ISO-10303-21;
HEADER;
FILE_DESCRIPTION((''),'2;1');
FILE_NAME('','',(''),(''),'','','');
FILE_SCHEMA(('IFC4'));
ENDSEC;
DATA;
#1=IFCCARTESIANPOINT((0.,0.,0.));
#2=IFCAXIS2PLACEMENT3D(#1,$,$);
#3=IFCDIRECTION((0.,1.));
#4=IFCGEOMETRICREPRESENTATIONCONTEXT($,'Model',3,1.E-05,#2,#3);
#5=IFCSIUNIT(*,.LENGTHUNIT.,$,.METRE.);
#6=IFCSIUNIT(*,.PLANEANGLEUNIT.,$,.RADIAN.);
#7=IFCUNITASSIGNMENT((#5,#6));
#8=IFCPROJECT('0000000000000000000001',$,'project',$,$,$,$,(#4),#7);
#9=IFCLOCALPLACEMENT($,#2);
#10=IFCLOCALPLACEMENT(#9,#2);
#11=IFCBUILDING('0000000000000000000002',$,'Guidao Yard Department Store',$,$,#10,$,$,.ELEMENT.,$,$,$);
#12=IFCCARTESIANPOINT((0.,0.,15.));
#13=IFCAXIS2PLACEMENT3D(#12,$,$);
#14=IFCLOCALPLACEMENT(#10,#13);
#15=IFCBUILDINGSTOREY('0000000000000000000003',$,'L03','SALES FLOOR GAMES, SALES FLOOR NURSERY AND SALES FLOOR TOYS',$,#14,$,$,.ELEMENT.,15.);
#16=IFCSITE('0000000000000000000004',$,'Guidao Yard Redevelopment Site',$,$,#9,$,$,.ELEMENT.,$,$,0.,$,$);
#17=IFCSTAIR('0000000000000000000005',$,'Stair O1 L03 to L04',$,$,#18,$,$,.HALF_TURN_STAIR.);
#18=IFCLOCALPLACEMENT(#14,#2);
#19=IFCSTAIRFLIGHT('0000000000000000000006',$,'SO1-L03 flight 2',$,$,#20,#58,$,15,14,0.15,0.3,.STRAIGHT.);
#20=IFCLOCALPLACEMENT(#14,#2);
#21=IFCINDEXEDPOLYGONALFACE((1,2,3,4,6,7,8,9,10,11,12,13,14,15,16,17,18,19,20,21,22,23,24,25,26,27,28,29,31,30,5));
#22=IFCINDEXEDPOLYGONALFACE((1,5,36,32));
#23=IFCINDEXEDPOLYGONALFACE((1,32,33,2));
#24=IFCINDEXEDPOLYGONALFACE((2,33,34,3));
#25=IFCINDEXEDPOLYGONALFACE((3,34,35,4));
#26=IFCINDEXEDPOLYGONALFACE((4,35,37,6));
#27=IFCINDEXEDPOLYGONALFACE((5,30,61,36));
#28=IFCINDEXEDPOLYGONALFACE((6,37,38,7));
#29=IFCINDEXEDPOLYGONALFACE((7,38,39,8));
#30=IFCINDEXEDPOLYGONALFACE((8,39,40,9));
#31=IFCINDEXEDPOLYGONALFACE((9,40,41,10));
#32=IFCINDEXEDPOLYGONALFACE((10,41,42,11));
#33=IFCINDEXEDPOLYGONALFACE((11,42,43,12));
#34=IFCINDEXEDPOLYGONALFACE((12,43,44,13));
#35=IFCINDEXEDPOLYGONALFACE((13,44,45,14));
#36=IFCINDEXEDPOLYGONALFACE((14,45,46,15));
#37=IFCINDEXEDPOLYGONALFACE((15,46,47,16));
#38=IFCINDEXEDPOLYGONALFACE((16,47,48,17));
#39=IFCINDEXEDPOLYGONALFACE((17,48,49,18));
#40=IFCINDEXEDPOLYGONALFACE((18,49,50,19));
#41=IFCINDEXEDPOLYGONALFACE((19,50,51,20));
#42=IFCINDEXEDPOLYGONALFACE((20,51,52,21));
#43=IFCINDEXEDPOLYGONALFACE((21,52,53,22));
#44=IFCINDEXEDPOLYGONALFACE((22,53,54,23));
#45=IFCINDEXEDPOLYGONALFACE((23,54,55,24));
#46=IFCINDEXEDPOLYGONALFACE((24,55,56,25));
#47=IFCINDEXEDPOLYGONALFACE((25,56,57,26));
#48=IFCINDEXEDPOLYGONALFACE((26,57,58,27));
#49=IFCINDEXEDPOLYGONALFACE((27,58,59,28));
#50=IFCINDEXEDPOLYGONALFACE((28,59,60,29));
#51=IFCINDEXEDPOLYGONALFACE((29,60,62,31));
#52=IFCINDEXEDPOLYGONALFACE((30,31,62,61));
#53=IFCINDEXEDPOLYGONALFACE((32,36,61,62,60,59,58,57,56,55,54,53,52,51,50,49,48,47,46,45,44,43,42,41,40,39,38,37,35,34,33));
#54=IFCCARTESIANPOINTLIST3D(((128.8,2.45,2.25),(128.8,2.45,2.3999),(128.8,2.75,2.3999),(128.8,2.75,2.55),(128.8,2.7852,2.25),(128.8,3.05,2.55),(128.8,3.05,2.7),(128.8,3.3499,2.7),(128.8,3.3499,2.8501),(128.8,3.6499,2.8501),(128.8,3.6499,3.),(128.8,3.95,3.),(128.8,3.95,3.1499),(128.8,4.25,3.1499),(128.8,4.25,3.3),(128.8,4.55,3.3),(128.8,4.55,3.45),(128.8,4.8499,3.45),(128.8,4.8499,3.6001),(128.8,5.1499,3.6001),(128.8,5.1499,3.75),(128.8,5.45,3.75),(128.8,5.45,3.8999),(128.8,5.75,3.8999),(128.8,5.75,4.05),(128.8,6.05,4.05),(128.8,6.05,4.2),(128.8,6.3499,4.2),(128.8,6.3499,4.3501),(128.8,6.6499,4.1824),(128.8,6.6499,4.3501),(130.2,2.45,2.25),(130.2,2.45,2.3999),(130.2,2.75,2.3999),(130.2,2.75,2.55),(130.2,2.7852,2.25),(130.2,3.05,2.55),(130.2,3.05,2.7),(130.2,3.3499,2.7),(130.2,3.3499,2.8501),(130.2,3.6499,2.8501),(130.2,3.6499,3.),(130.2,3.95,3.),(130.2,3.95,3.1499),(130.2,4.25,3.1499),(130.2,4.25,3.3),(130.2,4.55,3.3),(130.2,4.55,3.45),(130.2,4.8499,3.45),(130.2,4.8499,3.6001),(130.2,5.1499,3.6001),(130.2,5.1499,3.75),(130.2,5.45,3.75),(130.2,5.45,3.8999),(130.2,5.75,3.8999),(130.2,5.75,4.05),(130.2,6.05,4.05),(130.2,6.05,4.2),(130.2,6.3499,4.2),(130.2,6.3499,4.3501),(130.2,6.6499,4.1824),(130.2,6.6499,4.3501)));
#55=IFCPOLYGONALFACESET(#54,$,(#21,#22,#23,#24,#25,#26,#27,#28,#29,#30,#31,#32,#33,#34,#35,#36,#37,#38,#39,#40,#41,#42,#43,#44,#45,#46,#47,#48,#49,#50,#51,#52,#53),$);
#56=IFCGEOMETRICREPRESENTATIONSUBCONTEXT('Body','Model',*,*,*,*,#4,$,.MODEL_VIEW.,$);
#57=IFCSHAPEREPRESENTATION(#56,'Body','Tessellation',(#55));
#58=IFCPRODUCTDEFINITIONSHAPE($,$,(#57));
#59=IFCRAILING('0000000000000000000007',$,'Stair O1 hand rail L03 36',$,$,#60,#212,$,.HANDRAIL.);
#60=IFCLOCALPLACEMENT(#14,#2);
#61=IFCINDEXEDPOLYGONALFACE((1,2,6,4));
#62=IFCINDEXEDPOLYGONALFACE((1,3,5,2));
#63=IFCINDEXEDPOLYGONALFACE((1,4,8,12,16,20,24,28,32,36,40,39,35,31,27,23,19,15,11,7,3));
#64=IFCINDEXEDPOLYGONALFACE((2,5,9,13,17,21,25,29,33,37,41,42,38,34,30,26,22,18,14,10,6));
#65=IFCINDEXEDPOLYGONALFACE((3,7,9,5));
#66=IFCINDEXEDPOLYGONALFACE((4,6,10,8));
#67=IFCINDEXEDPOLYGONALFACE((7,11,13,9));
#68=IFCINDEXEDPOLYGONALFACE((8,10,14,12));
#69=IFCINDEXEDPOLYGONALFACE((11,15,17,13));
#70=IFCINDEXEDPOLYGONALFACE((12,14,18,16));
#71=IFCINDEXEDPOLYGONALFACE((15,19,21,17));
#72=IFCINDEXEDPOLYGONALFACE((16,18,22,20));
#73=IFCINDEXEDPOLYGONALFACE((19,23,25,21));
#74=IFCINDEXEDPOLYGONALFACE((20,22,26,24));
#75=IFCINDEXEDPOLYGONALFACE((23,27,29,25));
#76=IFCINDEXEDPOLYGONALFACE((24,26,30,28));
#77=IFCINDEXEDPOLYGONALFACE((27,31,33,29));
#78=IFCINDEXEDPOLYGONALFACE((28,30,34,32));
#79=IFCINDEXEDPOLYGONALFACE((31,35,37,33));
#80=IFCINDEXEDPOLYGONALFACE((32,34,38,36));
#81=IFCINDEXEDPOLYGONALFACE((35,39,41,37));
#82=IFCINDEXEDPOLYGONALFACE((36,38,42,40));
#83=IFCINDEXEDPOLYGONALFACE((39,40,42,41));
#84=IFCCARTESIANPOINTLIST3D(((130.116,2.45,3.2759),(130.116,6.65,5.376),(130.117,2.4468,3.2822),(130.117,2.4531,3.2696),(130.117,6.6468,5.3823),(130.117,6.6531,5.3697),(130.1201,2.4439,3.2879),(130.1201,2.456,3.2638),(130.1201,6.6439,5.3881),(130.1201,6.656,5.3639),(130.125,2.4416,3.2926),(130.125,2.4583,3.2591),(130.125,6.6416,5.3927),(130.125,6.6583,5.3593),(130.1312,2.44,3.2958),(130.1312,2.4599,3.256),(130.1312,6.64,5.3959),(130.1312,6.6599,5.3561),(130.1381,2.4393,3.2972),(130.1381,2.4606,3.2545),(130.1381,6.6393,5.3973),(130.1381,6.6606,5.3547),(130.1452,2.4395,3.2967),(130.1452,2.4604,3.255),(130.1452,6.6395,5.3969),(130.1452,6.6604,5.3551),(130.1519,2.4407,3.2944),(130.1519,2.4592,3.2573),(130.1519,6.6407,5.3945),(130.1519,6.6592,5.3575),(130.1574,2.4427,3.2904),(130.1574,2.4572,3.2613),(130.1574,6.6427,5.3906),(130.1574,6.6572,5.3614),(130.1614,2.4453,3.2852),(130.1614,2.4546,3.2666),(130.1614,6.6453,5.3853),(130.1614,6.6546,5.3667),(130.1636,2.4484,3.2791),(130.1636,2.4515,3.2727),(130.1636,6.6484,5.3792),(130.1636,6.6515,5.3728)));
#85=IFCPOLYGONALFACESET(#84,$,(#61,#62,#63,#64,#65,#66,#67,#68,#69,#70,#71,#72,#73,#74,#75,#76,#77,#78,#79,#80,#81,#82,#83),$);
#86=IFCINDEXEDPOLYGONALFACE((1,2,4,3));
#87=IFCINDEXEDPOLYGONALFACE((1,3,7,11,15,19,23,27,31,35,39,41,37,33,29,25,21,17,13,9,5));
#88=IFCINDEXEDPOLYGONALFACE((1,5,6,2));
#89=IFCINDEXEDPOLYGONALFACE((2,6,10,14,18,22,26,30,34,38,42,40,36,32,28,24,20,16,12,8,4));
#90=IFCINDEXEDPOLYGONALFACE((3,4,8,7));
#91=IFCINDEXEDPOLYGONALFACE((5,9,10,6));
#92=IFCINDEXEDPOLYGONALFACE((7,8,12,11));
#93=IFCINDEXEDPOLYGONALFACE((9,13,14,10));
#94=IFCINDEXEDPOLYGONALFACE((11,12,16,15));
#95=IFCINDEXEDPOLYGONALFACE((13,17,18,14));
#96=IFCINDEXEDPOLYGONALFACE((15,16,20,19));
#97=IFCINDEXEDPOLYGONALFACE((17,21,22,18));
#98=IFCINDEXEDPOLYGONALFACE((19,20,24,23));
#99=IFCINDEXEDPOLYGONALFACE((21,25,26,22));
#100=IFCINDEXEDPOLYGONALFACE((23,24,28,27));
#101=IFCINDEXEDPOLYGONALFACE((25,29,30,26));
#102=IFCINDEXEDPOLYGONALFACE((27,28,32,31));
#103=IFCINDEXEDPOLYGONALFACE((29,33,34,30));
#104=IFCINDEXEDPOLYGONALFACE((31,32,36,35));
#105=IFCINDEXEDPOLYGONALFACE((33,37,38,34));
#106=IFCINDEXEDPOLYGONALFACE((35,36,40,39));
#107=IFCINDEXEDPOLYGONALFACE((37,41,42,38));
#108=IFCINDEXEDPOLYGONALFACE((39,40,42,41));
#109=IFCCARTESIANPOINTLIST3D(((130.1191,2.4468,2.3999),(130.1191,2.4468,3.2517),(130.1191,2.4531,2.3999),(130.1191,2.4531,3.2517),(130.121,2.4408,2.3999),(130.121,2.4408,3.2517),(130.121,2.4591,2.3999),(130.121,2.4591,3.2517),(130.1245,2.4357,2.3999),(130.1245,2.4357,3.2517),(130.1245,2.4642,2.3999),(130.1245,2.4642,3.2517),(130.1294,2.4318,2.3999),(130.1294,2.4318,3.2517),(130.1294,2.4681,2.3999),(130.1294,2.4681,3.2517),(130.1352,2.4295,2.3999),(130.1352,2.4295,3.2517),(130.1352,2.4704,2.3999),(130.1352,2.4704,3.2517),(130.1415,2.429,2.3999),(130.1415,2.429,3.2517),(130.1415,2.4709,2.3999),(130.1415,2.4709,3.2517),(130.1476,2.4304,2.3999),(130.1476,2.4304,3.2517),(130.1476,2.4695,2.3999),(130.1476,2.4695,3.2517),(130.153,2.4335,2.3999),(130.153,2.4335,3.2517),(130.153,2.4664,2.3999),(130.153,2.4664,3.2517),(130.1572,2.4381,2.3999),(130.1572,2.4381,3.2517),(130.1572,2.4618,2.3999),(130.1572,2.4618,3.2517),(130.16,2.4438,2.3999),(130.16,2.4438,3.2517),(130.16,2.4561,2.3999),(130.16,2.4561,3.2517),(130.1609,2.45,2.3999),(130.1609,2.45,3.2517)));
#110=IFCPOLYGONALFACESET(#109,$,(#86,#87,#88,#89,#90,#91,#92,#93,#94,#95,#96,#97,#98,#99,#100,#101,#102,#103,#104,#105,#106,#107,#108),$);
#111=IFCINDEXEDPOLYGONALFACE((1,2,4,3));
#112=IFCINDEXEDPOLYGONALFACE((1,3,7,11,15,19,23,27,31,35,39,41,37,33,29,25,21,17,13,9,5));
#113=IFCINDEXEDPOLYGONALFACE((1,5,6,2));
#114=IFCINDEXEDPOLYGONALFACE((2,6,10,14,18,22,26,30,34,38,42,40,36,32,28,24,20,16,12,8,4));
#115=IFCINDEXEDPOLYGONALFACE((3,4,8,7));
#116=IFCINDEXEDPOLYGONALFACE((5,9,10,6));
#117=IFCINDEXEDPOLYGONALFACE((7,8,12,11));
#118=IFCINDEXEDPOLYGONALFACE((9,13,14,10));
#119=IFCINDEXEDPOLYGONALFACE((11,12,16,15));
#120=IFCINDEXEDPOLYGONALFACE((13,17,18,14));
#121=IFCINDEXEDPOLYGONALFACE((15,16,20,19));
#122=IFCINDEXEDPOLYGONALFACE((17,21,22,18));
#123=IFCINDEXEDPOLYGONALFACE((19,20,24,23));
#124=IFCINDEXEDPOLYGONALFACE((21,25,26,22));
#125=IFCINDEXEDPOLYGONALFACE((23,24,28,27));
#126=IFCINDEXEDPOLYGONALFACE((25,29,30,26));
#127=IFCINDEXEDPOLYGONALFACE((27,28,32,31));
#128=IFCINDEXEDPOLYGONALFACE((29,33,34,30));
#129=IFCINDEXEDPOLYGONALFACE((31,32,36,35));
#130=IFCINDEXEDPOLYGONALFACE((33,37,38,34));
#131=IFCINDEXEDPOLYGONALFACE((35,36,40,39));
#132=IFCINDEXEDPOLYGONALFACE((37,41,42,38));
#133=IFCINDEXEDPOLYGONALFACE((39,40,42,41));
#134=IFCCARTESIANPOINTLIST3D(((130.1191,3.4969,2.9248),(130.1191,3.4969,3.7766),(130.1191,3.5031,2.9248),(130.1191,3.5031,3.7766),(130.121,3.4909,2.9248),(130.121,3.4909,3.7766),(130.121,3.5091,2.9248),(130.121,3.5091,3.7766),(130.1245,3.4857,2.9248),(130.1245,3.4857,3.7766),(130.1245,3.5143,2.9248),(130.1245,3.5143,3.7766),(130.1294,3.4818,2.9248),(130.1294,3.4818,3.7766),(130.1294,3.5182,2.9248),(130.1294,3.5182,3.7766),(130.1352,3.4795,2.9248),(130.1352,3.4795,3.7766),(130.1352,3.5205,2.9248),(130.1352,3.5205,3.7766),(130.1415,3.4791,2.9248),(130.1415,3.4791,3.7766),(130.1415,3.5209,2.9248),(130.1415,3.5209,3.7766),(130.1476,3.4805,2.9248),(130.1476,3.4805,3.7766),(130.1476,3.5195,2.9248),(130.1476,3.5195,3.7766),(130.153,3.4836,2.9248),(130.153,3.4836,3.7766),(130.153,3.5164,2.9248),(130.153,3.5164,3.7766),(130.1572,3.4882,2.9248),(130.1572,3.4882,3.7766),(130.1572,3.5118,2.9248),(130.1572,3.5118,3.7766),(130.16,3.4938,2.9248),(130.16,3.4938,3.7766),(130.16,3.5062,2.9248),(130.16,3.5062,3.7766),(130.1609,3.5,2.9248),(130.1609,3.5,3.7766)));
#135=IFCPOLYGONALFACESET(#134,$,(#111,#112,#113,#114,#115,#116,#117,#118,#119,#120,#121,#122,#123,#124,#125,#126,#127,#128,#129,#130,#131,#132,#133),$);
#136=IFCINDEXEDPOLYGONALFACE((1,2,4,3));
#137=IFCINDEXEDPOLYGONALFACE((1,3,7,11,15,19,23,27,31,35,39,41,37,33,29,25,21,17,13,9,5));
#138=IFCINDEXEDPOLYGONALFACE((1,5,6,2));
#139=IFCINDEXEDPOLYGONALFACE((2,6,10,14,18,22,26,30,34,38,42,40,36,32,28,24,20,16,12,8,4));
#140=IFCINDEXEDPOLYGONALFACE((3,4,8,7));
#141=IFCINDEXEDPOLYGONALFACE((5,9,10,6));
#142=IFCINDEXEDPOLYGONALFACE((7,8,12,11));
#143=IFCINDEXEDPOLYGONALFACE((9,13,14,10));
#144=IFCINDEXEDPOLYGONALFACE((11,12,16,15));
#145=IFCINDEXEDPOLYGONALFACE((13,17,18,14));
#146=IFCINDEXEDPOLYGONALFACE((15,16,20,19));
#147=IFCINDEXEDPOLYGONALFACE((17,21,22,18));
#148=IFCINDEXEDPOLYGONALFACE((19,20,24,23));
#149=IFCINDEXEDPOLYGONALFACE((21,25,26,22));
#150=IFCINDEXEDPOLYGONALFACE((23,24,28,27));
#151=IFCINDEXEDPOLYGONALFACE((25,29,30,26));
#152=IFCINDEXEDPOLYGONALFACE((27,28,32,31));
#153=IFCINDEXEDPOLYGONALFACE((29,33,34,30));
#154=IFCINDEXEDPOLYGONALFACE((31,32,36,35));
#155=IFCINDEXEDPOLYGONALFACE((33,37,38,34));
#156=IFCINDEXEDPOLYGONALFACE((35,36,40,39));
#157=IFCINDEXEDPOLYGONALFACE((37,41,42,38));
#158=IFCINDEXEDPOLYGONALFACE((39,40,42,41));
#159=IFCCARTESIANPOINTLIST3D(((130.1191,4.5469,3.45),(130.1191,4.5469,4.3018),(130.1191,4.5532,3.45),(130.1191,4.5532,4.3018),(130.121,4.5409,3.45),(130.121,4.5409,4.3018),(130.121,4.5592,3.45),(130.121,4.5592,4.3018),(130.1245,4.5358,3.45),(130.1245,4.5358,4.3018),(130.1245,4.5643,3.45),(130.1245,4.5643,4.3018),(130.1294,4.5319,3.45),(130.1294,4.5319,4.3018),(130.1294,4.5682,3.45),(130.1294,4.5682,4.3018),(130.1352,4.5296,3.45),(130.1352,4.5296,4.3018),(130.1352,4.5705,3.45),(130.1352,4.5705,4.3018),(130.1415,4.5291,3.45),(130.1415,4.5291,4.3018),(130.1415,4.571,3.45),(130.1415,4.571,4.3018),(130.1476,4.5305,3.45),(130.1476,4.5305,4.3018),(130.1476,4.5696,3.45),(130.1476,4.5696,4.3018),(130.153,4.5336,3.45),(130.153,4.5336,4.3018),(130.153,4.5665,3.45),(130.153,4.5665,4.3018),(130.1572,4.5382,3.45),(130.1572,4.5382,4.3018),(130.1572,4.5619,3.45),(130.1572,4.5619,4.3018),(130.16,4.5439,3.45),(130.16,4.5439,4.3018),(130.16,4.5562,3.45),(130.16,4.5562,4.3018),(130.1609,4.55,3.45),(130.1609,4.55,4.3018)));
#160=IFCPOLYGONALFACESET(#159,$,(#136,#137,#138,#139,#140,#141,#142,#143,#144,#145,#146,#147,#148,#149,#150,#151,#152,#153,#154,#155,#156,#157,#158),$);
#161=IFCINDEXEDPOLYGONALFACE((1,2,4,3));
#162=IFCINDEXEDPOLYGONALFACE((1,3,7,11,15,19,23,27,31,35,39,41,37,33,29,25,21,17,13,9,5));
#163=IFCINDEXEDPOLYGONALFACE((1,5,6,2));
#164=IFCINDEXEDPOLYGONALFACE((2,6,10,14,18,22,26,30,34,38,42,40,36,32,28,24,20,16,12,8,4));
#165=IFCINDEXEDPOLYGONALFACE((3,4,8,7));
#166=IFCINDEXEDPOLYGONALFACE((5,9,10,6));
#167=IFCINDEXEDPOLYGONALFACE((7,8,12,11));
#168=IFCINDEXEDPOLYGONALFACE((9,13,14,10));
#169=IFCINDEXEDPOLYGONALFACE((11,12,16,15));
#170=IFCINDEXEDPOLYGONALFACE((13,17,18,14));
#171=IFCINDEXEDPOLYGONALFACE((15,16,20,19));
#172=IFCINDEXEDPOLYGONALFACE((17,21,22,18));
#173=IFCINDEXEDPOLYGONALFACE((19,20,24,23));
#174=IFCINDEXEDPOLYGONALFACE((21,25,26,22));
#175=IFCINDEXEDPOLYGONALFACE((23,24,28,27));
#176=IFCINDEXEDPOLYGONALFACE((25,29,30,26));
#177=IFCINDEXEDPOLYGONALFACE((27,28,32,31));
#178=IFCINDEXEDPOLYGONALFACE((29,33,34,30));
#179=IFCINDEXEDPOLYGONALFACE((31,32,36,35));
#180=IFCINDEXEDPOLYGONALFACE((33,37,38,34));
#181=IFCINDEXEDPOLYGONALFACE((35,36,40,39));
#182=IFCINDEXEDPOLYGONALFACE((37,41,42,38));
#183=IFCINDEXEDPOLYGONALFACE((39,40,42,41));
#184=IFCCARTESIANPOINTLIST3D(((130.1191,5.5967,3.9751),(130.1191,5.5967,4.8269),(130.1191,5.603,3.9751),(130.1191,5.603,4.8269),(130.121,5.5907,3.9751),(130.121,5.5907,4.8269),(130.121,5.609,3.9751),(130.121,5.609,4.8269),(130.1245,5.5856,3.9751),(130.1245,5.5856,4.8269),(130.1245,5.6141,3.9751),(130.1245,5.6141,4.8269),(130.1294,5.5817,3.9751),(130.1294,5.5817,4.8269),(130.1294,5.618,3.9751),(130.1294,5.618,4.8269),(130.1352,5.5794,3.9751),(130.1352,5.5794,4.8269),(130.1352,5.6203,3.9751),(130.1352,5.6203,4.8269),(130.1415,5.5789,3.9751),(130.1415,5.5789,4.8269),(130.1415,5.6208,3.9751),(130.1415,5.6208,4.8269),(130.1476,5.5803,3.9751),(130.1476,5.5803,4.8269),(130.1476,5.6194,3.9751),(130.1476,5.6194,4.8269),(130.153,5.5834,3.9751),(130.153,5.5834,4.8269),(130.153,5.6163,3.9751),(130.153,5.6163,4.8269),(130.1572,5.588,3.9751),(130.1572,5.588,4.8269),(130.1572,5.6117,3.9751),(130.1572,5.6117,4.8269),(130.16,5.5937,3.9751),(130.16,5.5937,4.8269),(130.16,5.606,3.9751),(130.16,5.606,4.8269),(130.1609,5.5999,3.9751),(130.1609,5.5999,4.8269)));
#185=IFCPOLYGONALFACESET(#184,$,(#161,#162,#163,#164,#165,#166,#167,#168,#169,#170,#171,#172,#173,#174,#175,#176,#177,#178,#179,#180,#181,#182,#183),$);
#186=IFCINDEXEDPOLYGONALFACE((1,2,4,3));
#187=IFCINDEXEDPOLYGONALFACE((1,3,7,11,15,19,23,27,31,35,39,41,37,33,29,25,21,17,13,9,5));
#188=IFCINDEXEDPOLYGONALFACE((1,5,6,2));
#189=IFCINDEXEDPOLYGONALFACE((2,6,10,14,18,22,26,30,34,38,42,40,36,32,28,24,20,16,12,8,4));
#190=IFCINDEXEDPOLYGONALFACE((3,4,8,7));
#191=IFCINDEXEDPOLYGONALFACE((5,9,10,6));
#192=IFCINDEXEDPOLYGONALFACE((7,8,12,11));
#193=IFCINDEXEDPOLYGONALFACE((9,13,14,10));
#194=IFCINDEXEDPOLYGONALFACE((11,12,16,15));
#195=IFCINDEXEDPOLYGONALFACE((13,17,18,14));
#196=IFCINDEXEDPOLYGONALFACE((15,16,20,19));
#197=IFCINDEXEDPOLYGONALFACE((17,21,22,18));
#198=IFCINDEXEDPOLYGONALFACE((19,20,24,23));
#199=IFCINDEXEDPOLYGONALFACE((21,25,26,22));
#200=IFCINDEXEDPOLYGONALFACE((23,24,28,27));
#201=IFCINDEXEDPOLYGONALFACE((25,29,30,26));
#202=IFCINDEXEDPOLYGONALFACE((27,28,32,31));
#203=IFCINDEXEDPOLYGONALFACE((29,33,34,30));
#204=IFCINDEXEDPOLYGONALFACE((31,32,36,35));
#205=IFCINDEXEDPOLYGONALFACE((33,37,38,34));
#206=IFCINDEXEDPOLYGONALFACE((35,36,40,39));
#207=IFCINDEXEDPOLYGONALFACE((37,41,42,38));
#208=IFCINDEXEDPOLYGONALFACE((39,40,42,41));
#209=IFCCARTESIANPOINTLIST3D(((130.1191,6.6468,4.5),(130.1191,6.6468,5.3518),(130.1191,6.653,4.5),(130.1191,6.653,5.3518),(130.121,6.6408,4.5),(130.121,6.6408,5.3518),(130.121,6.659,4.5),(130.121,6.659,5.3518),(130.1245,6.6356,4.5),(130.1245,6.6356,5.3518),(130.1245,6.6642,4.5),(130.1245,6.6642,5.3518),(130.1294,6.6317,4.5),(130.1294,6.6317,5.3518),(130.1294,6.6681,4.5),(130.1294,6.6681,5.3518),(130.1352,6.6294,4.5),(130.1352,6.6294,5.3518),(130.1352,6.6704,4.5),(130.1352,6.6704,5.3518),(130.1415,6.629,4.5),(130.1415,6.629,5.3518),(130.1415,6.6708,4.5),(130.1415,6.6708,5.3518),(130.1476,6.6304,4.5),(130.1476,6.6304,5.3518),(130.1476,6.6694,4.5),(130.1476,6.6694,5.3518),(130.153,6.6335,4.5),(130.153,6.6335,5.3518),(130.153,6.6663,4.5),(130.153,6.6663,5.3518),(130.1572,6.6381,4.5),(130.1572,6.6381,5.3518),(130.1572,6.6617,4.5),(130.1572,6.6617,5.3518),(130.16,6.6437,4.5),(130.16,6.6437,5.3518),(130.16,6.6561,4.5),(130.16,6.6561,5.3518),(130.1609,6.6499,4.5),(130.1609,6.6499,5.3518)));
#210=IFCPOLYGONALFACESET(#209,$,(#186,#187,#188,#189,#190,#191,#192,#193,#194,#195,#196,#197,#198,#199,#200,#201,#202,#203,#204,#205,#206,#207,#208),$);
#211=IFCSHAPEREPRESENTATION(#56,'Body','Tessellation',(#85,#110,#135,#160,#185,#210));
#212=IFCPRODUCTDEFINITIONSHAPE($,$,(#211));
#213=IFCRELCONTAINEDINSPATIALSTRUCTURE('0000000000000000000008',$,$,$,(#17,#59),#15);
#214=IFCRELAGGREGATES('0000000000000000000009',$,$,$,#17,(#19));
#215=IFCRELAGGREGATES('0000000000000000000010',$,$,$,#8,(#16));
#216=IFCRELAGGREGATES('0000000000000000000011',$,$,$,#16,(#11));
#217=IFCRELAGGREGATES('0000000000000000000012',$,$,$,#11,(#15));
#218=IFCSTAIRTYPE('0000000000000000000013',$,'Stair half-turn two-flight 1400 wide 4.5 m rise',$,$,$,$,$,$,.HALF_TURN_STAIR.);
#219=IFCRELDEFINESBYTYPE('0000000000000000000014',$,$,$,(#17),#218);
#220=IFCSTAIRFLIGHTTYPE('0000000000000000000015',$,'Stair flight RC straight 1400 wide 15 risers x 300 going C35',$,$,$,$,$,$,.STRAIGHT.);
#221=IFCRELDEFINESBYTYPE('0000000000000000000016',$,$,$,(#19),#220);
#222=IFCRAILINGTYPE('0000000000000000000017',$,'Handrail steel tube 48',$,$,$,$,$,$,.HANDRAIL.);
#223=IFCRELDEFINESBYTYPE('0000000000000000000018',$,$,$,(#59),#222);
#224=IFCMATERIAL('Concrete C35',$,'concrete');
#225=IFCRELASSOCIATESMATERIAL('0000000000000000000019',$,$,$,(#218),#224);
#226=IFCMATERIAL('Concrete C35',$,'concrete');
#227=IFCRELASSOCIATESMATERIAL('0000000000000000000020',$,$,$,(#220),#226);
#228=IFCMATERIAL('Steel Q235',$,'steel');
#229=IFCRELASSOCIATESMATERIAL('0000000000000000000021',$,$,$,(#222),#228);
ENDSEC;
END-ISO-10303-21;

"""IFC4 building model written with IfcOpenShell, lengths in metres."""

from ifc_helpers import new_model, si_unit, direction, frame, origin, origin_2d, place, context, subcontext, project, spatial, polyline, circle, outline, extrude, material, type_object, element, aggregate, save


model = new_model("IFC4")

# Units and contexts
model_context = context("Model", 3, precision=1e-05, world=origin(), true_north=direction((0.0, 1.0)))
body_context = subcontext(model_context, "Body", "Model", "MODEL_VIEW")
ifc_project = project(units=[si_unit("LENGTHUNIT", "METRE"), si_unit("PLANEANGLEUNIT", "RADIAN")], contexts=[model_context])

# Site, building, storey
site_placement = place(None, origin())
site = spatial("IfcSite", under=ifc_project, at=site_placement, Name="Guidao Yard Redevelopment Site", CompositionType="ELEMENT", RefElevation=0.0)
building_placement = place(site_placement, origin())
building = spatial("IfcBuilding", under=site, at=building_placement, Name="Guidao Yard Department Store", CompositionType="ELEMENT")
storey_placement = place(building_placement, frame((0.0, 0.0, 15.0)))
storey = spatial("IfcBuildingStorey", under=building, at=storey_placement, Name="L03", Description="SALES FLOOR GAMES, SALES FLOOR NURSERY AND SALES FLOOR TOYS", CompositionType="ELEMENT", Elevation=15.0)

# Stair, stair flight
ifc_material_1 = material(Name="Concrete C35", Category="concrete")
stair_type = type_object("IfcStairType", Name="Stair half-turn two-flight 1400 wide 4.5 m rise", PredefinedType="HALF_TURN_STAIR", material=ifc_material_1)
stair_placement = place(storey_placement, origin())
stair = element("IfcStair", 1, at=stair_placement, inside=storey, type_object=stair_type, Name="Stair O1 L03 to L04", PredefinedType="HALF_TURN_STAIR")
ifc_material_2 = material(Name="Concrete C35", Category="concrete")
stair_flight_type = type_object("IfcStairFlightType", Name="Stair flight RC straight 1400 wide 15 risers x 300 going C35", PredefinedType="STRAIGHT", material=ifc_material_2)
stair_flight_placement = place(storey_placement, frame((129.5, 2.45, 2.25), z_axis=(0.0, 0.0, 1.0), x_axis=(0.0, 1.0, 0.0)))
stair_flight = element("IfcStairFlight", 2, at=stair_flight_placement, type_object=stair_flight_type, Name="SO1-L03 flight 2", NumberOfRisers=15, NumberOfTreads=14, PredefinedType="STRAIGHT", RiserHeight=0.15, TreadLength=0.3, context=body_context, shape_type="SweptSolid", body=[
    extrude(outline(polyline([(0.0, 0.0), (0.0, 0.1499), (0.3, 0.1499), (0.3, 0.3), (0.6001, 0.3), (0.6001, 0.45), (0.8999, 0.45), (0.8999, 0.6001), (1.2, 0.6001), (1.2, 0.75), (1.5, 0.75), (1.5, 0.8999), (1.8, 0.8999), (1.8, 1.05), (2.1001, 1.05), (2.1001, 1.2), (2.3999, 1.2), (2.3999, 1.3501), (2.7, 1.3501), (2.7, 1.5), (3.0, 1.5), (3.0, 1.6499), (3.3, 1.6499), (3.3, 1.8), (3.6001, 1.8), (3.6001, 1.95), (3.8999, 1.95), (3.8999, 2.1001), (4.2, 2.1001), (4.2, 2.25), (4.2, 1.9324), (0.3352, 0.0), (0.0, 0.0)])), frame((0.0, 0.7, 0.0), z_axis=(0.0, -1.0, 0.0), x_axis=(1.0, 0.0, 0.0)), (0.0, 0.0, 1.0), 1.3999),
])
aggregate(stair, [stair_flight])

# Railing
ifc_material_3 = material(Name="Steel Q235", Category="steel")
railing_type_1 = type_object("IfcRailingType", Name="Handrail steel tube 48", PredefinedType="HANDRAIL", material=ifc_material_3)
railing_1_placement = place(storey_placement, frame((130.1399, 2.45, 2.3999)))
element("IfcRailing", 3, at=railing_1_placement, inside=storey, type_object=railing_type_1, Name="Stair O1 hand rail L03 36", PredefinedType="HANDRAIL", context=body_context, shape_type="SweptSolid", body=[
    extrude(circle(Radius=0.0239, at=origin_2d()), frame((0.0, 0.0, 0.876), z_axis=(0.0, 0.894417, 0.447234), x_axis=(-1.0, 0.0, 0.0)), (0.0, 0.0, 1.0), 4.6958),
    extrude(circle(Radius=0.021, at=origin_2d()), origin(), (0.0, 0.0, 1.0), 0.8518),
    extrude(circle(Radius=0.021, at=origin_2d()), frame((0.0, 1.05, 0.5249)), (0.0, 0.0, 1.0), 0.8518),
    extrude(circle(Radius=0.021, at=origin_2d()), frame((0.0, 2.1001, 1.05)), (0.0, 0.0, 1.0), 0.8518),
    extrude(circle(Radius=0.021, at=origin_2d()), frame((0.0, 3.1499, 1.5752)), (0.0, 0.0, 1.0), 0.8518),
    extrude(circle(Radius=0.021, at=origin_2d()), frame((0.0, 4.2, 2.1001)), (0.0, 0.0, 1.0), 0.8518),
])

save(model, "model.ifc")
